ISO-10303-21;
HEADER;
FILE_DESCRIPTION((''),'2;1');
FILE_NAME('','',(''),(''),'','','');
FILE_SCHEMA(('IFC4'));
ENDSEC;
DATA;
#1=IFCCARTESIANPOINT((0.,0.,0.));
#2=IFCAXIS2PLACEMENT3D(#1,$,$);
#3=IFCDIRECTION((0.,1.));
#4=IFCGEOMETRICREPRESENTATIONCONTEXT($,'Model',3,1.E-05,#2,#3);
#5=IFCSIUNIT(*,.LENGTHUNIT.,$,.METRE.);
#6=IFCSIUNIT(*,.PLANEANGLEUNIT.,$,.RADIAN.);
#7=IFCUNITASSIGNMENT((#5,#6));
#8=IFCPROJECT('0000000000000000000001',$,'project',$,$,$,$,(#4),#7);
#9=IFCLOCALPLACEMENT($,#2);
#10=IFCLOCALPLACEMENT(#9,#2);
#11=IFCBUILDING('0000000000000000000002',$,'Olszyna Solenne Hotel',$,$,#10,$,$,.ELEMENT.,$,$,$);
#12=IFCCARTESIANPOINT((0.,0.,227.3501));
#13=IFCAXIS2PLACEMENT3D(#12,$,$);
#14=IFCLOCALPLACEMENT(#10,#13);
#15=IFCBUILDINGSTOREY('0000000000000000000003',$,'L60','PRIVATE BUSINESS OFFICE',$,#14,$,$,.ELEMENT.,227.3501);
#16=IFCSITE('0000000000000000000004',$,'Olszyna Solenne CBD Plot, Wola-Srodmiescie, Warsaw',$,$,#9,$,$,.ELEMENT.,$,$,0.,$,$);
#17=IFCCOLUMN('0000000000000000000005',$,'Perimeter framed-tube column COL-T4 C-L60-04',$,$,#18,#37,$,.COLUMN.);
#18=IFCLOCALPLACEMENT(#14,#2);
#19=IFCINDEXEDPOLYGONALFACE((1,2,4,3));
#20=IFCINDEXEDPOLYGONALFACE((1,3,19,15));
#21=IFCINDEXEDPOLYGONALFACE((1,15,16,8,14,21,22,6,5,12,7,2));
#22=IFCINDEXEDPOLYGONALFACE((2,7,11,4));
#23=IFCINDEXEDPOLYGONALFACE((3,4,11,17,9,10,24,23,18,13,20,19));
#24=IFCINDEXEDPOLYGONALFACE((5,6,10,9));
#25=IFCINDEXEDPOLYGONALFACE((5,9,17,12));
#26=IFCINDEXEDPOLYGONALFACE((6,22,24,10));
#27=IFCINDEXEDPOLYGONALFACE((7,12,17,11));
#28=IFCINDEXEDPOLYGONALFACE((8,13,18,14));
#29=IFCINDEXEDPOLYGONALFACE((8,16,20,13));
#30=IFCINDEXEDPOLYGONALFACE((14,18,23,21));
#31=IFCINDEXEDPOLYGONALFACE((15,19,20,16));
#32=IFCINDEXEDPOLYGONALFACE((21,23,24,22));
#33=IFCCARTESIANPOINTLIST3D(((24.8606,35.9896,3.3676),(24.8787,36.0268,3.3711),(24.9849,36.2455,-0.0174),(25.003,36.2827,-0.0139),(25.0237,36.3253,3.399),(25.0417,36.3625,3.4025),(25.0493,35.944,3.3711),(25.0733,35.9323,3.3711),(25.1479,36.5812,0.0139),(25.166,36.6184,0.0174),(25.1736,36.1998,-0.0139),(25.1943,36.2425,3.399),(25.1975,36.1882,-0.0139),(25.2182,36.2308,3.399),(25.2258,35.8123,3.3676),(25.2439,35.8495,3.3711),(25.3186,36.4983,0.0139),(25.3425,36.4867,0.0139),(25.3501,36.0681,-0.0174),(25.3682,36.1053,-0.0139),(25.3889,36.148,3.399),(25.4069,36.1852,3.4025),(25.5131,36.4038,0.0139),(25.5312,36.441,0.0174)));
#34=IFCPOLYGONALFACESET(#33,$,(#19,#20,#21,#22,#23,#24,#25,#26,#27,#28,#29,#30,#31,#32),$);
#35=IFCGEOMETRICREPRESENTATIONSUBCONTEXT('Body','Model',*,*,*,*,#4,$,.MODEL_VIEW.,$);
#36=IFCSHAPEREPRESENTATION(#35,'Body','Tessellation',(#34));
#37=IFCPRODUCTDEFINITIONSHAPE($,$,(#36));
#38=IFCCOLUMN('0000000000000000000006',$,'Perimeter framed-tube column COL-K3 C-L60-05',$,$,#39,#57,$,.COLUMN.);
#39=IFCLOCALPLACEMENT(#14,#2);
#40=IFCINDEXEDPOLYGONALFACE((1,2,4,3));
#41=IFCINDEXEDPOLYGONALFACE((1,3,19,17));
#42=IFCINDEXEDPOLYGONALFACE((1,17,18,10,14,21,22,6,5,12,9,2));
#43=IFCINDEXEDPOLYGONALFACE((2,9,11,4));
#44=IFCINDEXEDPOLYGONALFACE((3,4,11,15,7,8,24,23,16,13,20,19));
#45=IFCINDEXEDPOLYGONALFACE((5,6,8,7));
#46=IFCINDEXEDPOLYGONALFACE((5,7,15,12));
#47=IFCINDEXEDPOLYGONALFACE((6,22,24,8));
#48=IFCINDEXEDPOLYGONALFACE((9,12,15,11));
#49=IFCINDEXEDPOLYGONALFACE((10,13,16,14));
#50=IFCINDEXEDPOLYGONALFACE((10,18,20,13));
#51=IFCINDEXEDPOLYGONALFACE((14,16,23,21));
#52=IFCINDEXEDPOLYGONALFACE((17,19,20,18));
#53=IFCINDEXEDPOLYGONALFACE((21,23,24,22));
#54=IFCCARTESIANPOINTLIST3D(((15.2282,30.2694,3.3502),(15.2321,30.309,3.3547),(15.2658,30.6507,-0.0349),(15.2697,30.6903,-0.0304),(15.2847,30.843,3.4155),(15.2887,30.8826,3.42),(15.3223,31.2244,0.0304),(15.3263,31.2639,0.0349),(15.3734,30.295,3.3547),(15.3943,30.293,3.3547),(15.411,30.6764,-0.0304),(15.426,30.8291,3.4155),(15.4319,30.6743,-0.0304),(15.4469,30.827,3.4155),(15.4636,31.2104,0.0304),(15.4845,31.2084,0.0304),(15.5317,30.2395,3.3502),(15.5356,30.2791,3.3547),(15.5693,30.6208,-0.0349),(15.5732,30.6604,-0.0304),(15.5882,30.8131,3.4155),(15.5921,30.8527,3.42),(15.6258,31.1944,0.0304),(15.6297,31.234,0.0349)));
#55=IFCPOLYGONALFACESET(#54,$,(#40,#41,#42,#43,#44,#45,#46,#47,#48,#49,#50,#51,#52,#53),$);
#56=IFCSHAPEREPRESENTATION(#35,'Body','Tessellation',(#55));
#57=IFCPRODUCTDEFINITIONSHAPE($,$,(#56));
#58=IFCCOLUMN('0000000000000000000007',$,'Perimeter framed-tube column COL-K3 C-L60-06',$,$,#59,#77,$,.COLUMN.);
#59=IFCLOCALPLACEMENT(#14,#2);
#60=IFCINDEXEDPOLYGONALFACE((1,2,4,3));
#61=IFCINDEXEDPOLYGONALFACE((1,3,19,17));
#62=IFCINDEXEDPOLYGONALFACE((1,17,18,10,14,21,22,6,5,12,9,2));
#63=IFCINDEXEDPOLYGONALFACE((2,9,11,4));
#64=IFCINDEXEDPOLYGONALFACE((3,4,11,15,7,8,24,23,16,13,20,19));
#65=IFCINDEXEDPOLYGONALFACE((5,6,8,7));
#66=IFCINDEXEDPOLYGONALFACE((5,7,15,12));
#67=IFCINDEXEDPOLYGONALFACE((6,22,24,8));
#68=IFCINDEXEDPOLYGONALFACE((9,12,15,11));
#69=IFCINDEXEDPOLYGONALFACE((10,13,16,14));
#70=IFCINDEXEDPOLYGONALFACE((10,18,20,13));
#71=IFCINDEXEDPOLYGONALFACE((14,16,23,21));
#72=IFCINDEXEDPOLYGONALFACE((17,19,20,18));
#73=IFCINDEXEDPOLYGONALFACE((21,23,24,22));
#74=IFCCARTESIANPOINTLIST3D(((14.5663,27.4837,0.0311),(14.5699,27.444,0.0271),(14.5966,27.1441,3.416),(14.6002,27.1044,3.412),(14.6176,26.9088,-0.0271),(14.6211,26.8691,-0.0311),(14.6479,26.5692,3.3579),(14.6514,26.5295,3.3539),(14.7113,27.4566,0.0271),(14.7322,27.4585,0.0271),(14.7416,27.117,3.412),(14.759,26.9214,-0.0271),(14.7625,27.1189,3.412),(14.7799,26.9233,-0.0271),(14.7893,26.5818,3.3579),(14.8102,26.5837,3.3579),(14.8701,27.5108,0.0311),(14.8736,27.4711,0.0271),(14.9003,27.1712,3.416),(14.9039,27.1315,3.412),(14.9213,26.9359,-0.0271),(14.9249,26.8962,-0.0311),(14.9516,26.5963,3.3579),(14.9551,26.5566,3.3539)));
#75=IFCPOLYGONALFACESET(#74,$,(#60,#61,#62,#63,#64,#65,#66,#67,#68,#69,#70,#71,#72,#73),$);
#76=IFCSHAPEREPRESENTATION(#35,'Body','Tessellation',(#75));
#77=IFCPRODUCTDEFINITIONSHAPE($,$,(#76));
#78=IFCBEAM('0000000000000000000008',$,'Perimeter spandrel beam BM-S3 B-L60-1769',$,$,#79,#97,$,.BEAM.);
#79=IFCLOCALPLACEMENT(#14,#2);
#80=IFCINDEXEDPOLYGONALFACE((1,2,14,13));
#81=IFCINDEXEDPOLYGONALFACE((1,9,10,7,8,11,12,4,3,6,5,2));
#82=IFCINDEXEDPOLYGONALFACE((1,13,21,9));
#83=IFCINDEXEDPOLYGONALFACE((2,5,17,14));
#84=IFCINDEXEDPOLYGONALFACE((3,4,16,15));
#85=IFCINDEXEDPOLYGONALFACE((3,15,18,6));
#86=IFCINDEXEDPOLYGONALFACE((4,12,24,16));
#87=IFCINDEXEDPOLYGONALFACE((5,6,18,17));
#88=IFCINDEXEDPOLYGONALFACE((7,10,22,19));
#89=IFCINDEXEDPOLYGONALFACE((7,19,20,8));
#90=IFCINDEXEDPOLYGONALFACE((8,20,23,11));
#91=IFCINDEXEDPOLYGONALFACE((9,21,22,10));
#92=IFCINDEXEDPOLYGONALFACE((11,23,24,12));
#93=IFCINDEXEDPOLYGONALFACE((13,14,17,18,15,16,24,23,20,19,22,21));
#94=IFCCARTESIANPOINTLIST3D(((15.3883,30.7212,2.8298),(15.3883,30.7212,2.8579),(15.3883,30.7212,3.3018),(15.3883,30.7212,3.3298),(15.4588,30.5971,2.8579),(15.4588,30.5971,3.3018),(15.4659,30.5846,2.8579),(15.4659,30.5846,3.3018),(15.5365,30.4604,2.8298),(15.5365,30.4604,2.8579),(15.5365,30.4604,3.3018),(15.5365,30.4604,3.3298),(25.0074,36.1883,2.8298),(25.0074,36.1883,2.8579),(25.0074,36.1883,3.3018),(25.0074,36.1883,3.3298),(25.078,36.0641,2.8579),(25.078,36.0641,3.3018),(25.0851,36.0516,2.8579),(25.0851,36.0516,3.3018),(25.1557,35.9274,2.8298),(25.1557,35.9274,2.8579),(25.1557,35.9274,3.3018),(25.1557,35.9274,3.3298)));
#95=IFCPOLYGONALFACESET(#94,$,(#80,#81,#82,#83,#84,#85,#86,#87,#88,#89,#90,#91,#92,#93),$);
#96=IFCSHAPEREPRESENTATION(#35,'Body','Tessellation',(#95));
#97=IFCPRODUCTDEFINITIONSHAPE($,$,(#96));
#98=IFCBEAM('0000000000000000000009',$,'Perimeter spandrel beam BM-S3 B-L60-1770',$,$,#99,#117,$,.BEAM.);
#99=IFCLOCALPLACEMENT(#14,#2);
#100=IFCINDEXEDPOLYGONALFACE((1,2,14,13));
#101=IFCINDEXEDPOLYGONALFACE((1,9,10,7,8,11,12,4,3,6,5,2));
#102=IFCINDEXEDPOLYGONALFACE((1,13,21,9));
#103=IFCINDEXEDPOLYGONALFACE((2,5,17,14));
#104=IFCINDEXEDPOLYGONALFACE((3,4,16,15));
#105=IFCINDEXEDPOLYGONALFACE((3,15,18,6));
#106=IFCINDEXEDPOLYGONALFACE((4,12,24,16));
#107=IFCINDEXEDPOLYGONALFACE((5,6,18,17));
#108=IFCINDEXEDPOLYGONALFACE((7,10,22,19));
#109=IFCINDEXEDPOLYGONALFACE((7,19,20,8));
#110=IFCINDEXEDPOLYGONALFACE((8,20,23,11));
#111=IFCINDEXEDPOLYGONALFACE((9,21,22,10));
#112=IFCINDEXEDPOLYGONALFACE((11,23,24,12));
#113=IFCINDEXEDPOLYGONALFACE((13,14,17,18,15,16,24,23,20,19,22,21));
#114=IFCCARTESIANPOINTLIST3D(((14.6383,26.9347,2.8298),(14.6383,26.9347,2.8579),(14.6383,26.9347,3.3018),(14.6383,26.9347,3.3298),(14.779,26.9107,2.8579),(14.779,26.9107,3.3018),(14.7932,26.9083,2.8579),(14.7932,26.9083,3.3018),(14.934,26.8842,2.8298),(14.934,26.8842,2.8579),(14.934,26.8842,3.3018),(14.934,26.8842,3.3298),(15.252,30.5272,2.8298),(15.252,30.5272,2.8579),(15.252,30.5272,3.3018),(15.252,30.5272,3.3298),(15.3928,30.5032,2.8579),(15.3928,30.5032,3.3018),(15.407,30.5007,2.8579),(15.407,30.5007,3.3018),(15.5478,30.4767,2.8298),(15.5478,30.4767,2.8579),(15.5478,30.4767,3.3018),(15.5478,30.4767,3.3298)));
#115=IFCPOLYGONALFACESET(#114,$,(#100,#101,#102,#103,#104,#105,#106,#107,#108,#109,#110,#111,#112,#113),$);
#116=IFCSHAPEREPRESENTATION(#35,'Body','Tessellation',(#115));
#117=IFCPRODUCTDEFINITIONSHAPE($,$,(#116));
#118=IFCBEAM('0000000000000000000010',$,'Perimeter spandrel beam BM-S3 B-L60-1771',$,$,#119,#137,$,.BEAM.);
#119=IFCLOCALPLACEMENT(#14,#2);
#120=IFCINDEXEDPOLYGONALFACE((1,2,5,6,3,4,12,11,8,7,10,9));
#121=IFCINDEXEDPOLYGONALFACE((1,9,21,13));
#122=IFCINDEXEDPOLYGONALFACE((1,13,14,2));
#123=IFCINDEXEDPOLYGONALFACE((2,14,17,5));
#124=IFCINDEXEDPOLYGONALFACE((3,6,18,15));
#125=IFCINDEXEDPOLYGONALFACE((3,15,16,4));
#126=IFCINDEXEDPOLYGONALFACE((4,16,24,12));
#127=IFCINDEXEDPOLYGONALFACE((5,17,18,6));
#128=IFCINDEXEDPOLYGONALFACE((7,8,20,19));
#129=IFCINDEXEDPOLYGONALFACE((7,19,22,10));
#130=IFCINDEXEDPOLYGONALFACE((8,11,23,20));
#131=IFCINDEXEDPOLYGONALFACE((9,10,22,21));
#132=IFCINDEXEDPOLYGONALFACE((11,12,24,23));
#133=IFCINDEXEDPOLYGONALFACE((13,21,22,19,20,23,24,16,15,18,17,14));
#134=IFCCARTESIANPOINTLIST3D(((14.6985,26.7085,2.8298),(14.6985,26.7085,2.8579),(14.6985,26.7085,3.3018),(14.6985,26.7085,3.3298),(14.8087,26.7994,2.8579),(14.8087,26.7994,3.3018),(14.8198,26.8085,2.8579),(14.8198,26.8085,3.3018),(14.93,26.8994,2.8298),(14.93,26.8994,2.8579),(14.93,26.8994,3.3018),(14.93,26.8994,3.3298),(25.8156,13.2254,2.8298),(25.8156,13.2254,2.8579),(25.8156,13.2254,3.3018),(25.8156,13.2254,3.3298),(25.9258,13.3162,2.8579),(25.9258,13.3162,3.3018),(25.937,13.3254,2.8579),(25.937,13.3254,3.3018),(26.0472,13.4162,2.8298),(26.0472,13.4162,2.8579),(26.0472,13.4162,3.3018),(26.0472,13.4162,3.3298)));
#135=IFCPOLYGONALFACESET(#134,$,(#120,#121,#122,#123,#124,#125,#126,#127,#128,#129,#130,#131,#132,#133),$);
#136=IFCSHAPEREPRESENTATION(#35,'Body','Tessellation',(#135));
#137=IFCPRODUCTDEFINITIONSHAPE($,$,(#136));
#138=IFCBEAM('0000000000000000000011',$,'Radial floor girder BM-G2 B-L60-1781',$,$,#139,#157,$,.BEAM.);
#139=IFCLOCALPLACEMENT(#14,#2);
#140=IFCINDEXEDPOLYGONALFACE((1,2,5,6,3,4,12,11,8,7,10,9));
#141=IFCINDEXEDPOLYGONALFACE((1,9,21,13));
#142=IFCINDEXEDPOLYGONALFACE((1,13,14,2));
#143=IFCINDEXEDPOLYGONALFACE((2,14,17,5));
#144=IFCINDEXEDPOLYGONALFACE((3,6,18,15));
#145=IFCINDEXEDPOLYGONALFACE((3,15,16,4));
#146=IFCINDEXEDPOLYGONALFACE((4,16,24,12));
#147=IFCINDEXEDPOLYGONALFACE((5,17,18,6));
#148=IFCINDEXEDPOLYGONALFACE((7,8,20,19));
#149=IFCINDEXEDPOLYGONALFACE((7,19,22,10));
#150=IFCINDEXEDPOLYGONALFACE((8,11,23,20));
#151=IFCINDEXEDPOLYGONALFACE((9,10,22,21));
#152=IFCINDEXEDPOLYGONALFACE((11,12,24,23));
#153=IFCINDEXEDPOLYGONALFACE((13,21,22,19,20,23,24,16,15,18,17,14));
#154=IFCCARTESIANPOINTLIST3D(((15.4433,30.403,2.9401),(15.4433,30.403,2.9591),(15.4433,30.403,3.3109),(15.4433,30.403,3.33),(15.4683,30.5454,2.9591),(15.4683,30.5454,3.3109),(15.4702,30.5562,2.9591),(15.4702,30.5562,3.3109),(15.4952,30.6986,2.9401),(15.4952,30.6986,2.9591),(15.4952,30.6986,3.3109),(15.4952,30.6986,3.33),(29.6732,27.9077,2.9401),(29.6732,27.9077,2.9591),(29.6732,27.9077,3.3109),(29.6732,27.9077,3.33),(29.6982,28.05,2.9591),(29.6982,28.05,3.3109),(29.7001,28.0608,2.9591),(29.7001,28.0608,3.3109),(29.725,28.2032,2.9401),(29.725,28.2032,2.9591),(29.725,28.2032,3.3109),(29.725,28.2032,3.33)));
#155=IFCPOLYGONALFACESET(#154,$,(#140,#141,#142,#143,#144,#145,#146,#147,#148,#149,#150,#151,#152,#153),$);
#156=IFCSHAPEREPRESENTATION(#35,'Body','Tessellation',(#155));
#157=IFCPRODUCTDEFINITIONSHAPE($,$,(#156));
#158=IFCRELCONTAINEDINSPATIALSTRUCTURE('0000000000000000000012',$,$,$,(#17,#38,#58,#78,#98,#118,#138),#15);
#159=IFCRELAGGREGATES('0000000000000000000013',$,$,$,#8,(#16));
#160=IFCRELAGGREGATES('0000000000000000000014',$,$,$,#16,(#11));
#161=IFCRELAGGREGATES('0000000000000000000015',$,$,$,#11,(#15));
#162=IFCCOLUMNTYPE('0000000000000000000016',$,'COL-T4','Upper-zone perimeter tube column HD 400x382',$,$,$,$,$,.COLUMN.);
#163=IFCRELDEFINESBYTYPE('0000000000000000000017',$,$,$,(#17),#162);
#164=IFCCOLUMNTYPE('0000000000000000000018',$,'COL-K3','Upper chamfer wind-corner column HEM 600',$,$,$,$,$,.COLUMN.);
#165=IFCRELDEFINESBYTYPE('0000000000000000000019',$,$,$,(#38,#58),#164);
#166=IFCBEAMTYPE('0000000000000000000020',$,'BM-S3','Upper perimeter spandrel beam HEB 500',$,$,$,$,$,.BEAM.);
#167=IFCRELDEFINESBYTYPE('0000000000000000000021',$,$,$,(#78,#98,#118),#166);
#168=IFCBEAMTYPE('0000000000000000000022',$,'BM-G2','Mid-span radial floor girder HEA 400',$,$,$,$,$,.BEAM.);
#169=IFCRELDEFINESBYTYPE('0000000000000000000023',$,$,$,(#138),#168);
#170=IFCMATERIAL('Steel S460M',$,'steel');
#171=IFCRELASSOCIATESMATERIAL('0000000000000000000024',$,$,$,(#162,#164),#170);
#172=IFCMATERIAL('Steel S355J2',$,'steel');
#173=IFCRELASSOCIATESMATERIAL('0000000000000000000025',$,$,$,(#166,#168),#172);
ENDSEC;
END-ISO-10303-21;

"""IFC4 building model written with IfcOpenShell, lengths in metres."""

from ifc_helpers import new_model, si_unit, direction, frame, origin, origin_2d, place, context, subcontext, project, spatial, i_section, extrude, source, transform, mapped, material, material_profile, profile_set, type_object, element, save


model = new_model("IFC4")

# Units and contexts
model_context = context("Model", 3, precision=1e-05, world=origin(), true_north=direction((0.0, 1.0)))
body_context = subcontext(model_context, "Body", "Model", "MODEL_VIEW")
ifc_project = project(units=[si_unit("LENGTHUNIT", "METRE"), si_unit("PLANEANGLEUNIT", "RADIAN")], contexts=[model_context])

# Site, building, storey
site_placement = place(None, origin())
site = spatial("IfcSite", under=ifc_project, at=site_placement, Name="Olszyna Solenne CBD Plot, Wola-Srodmiescie, Warsaw", CompositionType="ELEMENT", RefElevation=0.0)
building_placement = place(site_placement, origin())
building = spatial("IfcBuilding", under=site, at=building_placement, Name="Olszyna Solenne Hotel", CompositionType="ELEMENT")
storey_placement = place(building_placement, frame((0.0, 0.0, 227.3501)))
storey = spatial("IfcBuildingStorey", under=building, at=storey_placement, Name="L60", Description="PRIVATE BUSINESS OFFICE", CompositionType="ELEMENT", Elevation=227.3501)

# Columns
ifc_material_1 = material(Name="Steel S460M", Category="steel")
ifc_material_profile_1 = material_profile(ifc_material_1, i_section(OverallWidth=0.406, OverallDepth=0.416, WebThickness=0.0266, FlangeThickness=0.0415, at=origin_2d()), Name="HD 400x382", Category="load-bearing")
ifc_profile_set_1 = profile_set([ifc_material_profile_1], Name="Steel S460M")
column_type_1 = type_object("IfcColumnType", Name="COL-T4", Description="Upper-zone perimeter tube column HD 400x382", PredefinedType="COLUMN", material=ifc_profile_set_1)
shared_shape_1 = source(origin(), body_context, "Body", "SweptSolid", [
    extrude(i_section(OverallWidth=0.406, OverallDepth=0.416, WebThickness=0.0266, FlangeThickness=0.0415, at=origin_2d()), origin(), (0.0, 0.0, 1.0), 3.397),
])
column_1_placement = place(storey_placement, frame((25.2581, 36.3433, 0.0), z_axis=(-0.036582, -0.075321, 0.996488), x_axis=(0.899518, -0.436884, 0.0)))
element("IfcColumn", 1, at=column_1_placement, inside=storey, type_object=column_type_1, Name="Perimeter framed-tube column COL-T4 C-L60-04", PredefinedType="COLUMN", context=body_context, shape_type="MappedRepresentation", body=[
    mapped(shared_shape_1, transform((0.0, 0.0, 0.0), x_axis=(1.0, 0.0, 0.0), y_axis=(0.0, 1.0, 0.0), z_axis=(0.0, 0.0, 1.0), scale=1.0)),
])
ifc_material_profile_2 = material_profile(ifc_material_1, i_section(OverallWidth=0.3049, OverallDepth=0.6201, WebThickness=0.021, FlangeThickness=0.04, at=origin_2d()), Name="HEM 600", Category="load-bearing")
ifc_profile_set_2 = profile_set([ifc_material_profile_2], Name="Steel S460M")
column_type_2 = type_object("IfcColumnType", Name="COL-K3", Description="Upper chamfer wind-corner column HEM 600", PredefinedType="COLUMN", material=ifc_profile_set_2)
shared_shape_2 = source(origin(), body_context, "Body", "SweptSolid", [
    extrude(i_section(OverallWidth=0.3049, OverallDepth=0.6201, WebThickness=0.021, FlangeThickness=0.04, at=origin_2d()), origin(), (0.0, 0.0, 1.0), 3.4067),
])
column_2_placement = place(storey_placement, frame((15.4478, 30.9424, 0.0), z_axis=(-0.011037, -0.111943, 0.993653), x_axis=(0.995175, -0.098116, 0.0)))
element("IfcColumn", 2, at=column_2_placement, inside=storey, type_object=column_type_2, Name="Perimeter framed-tube column COL-K3 C-L60-05", PredefinedType="COLUMN", context=body_context, shape_type="MappedRepresentation", body=[
    mapped(shared_shape_2, transform((0.0, 0.0, 0.0), x_axis=(1.0, 0.0, 0.0), y_axis=(0.0, 1.0, 0.0), z_axis=(0.0, 0.0, 1.0), scale=1.0)),
])
shared_shape_3 = source(origin(), body_context, "Body", "SweptSolid", [
    extrude(i_section(OverallWidth=0.3049, OverallDepth=0.6201, WebThickness=0.021, FlangeThickness=0.04, at=origin_2d()), origin(), (0.0, 0.0, 1.0), 3.4021),
])
column_3_placement = place(storey_placement, frame((14.7456, 27.1899, 0.0), z_axis=(0.008898, -0.09982, 0.994966), x_axis=(0.99605, 0.088792, 0.0)))
element("IfcColumn", 3, at=column_3_placement, inside=storey, type_object=column_type_2, Name="Perimeter framed-tube column COL-K3 C-L60-06", PredefinedType="COLUMN", context=body_context, shape_type="MappedRepresentation", body=[
    mapped(shared_shape_3, transform((0.0, 0.0, 0.0), x_axis=(1.0, 0.0, 0.0), y_axis=(0.0, 1.0, 0.0), z_axis=(0.0, 0.0, 1.0), scale=1.0)),
])

# Beams
ifc_material_2 = material(Name="Steel S355J2", Category="steel")
ifc_material_profile_3 = material_profile(ifc_material_2, i_section(OverallWidth=0.3, OverallDepth=0.5, WebThickness=0.0144, FlangeThickness=0.0281, at=origin_2d()), Name="HEB 500", Category="load-bearing")
ifc_profile_set_3 = profile_set([ifc_material_profile_3], Name="Steel S355J2")
beam_type_1 = type_object("IfcBeamType", Name="BM-S3", Description="Upper perimeter spandrel beam HEB 500", PredefinedType="BEAM", material=ifc_profile_set_3)
shared_shape_4 = source(origin(), body_context, "Body", "SweptSolid", [
    extrude(i_section(OverallWidth=0.3, OverallDepth=0.5, WebThickness=0.0144, FlangeThickness=0.0281, at=origin_2d()), origin(), (0.0, 0.0, 1.0), 11.0642),
])
beam_1_placement = place(storey_placement, frame((25.0815, 36.0579, 3.0798), z_axis=(-0.869394, -0.49412, 0.0), x_axis=(0.49412, -0.869394, 0.0)))
element("IfcBeam", 4, at=beam_1_placement, inside=storey, type_object=beam_type_1, Name="Perimeter spandrel beam BM-S3 B-L60-1769", PredefinedType="BEAM", context=body_context, shape_type="MappedRepresentation", body=[
    mapped(shared_shape_4, transform((0.0, 0.0, 0.0), x_axis=(1.0, 0.0, 0.0), y_axis=(0.0, 1.0, 0.0), z_axis=(0.0, 0.0, 1.0), scale=1.0)),
])
shared_shape_5 = source(origin(), body_context, "Body", "SweptSolid", [
    extrude(i_section(OverallWidth=0.3, OverallDepth=0.5, WebThickness=0.0144, FlangeThickness=0.0281, at=origin_2d()), origin(), (0.0, 0.0, 1.0), 3.6445),
])
beam_2_placement = place(storey_placement, frame((15.3999, 30.502, 3.0798), z_axis=(-0.168406, -0.985718, 0.0), x_axis=(0.985718, -0.168406, 0.0)))
element("IfcBeam", 5, at=beam_2_placement, inside=storey, type_object=beam_type_1, Name="Perimeter spandrel beam BM-S3 B-L60-1770", PredefinedType="BEAM", context=body_context, shape_type="MappedRepresentation", body=[
    mapped(shared_shape_5, transform((0.0, 0.0, 0.0), x_axis=(1.0, 0.0, 0.0), y_axis=(0.0, 1.0, 0.0), z_axis=(0.0, 0.0, 1.0), scale=1.0)),
])
shared_shape_6 = source(origin(), body_context, "Body", "SweptSolid", [
    extrude(i_section(OverallWidth=0.3, OverallDepth=0.5, WebThickness=0.0144, FlangeThickness=0.0281, at=origin_2d()), origin(), (0.0, 0.0, 1.0), 17.4753),
])
beam_3_placement = place(storey_placement, frame((14.8142, 26.804, 3.0798), z_axis=(0.636165, -0.771553, 0.0), x_axis=(0.771553, 0.636165, 0.0)))
element("IfcBeam", 6, at=beam_3_placement, inside=storey, type_object=beam_type_1, Name="Perimeter spandrel beam BM-S3 B-L60-1771", PredefinedType="BEAM", context=body_context, shape_type="MappedRepresentation", body=[
    mapped(shared_shape_6, transform((0.0, 0.0, 0.0), x_axis=(1.0, 0.0, 0.0), y_axis=(0.0, 1.0, 0.0), z_axis=(0.0, 0.0, 1.0), scale=1.0)),
])
ifc_material_profile_4 = material_profile(ifc_material_2, i_section(OverallWidth=0.3, OverallDepth=0.3899, WebThickness=0.011, FlangeThickness=0.019, at=origin_2d()), Name="HEA 400", Category="load-bearing")
ifc_profile_set_4 = profile_set([ifc_material_profile_4], Name="Steel S355J2")
beam_type_2 = type_object("IfcBeamType", Name="BM-G2", Description="Mid-span radial floor girder HEA 400", PredefinedType="BEAM", material=ifc_profile_set_4)
shared_shape_7 = source(origin(), body_context, "Body", "SweptSolid", [
    extrude(i_section(OverallWidth=0.3, OverallDepth=0.3899, WebThickness=0.011, FlangeThickness=0.019, at=origin_2d()), origin(), (0.0, 0.0, 1.0), 14.447),
])
beam_4_placement = place(storey_placement, frame((15.4692, 30.5508, 3.135), z_axis=(0.98497, -0.172724, 0.0), x_axis=(0.172724, 0.98497, 0.0)))
element("IfcBeam", 7, at=beam_4_placement, inside=storey, type_object=beam_type_2, Name="Radial floor girder BM-G2 B-L60-1781", PredefinedType="BEAM", context=body_context, shape_type="MappedRepresentation", body=[
    mapped(shared_shape_7, transform((0.0, 0.0, 0.0), x_axis=(1.0, 0.0, 0.0), y_axis=(0.0, 1.0, 0.0), z_axis=(0.0, 0.0, 1.0), scale=1.0)),
])

save(model, "model.ifc")
